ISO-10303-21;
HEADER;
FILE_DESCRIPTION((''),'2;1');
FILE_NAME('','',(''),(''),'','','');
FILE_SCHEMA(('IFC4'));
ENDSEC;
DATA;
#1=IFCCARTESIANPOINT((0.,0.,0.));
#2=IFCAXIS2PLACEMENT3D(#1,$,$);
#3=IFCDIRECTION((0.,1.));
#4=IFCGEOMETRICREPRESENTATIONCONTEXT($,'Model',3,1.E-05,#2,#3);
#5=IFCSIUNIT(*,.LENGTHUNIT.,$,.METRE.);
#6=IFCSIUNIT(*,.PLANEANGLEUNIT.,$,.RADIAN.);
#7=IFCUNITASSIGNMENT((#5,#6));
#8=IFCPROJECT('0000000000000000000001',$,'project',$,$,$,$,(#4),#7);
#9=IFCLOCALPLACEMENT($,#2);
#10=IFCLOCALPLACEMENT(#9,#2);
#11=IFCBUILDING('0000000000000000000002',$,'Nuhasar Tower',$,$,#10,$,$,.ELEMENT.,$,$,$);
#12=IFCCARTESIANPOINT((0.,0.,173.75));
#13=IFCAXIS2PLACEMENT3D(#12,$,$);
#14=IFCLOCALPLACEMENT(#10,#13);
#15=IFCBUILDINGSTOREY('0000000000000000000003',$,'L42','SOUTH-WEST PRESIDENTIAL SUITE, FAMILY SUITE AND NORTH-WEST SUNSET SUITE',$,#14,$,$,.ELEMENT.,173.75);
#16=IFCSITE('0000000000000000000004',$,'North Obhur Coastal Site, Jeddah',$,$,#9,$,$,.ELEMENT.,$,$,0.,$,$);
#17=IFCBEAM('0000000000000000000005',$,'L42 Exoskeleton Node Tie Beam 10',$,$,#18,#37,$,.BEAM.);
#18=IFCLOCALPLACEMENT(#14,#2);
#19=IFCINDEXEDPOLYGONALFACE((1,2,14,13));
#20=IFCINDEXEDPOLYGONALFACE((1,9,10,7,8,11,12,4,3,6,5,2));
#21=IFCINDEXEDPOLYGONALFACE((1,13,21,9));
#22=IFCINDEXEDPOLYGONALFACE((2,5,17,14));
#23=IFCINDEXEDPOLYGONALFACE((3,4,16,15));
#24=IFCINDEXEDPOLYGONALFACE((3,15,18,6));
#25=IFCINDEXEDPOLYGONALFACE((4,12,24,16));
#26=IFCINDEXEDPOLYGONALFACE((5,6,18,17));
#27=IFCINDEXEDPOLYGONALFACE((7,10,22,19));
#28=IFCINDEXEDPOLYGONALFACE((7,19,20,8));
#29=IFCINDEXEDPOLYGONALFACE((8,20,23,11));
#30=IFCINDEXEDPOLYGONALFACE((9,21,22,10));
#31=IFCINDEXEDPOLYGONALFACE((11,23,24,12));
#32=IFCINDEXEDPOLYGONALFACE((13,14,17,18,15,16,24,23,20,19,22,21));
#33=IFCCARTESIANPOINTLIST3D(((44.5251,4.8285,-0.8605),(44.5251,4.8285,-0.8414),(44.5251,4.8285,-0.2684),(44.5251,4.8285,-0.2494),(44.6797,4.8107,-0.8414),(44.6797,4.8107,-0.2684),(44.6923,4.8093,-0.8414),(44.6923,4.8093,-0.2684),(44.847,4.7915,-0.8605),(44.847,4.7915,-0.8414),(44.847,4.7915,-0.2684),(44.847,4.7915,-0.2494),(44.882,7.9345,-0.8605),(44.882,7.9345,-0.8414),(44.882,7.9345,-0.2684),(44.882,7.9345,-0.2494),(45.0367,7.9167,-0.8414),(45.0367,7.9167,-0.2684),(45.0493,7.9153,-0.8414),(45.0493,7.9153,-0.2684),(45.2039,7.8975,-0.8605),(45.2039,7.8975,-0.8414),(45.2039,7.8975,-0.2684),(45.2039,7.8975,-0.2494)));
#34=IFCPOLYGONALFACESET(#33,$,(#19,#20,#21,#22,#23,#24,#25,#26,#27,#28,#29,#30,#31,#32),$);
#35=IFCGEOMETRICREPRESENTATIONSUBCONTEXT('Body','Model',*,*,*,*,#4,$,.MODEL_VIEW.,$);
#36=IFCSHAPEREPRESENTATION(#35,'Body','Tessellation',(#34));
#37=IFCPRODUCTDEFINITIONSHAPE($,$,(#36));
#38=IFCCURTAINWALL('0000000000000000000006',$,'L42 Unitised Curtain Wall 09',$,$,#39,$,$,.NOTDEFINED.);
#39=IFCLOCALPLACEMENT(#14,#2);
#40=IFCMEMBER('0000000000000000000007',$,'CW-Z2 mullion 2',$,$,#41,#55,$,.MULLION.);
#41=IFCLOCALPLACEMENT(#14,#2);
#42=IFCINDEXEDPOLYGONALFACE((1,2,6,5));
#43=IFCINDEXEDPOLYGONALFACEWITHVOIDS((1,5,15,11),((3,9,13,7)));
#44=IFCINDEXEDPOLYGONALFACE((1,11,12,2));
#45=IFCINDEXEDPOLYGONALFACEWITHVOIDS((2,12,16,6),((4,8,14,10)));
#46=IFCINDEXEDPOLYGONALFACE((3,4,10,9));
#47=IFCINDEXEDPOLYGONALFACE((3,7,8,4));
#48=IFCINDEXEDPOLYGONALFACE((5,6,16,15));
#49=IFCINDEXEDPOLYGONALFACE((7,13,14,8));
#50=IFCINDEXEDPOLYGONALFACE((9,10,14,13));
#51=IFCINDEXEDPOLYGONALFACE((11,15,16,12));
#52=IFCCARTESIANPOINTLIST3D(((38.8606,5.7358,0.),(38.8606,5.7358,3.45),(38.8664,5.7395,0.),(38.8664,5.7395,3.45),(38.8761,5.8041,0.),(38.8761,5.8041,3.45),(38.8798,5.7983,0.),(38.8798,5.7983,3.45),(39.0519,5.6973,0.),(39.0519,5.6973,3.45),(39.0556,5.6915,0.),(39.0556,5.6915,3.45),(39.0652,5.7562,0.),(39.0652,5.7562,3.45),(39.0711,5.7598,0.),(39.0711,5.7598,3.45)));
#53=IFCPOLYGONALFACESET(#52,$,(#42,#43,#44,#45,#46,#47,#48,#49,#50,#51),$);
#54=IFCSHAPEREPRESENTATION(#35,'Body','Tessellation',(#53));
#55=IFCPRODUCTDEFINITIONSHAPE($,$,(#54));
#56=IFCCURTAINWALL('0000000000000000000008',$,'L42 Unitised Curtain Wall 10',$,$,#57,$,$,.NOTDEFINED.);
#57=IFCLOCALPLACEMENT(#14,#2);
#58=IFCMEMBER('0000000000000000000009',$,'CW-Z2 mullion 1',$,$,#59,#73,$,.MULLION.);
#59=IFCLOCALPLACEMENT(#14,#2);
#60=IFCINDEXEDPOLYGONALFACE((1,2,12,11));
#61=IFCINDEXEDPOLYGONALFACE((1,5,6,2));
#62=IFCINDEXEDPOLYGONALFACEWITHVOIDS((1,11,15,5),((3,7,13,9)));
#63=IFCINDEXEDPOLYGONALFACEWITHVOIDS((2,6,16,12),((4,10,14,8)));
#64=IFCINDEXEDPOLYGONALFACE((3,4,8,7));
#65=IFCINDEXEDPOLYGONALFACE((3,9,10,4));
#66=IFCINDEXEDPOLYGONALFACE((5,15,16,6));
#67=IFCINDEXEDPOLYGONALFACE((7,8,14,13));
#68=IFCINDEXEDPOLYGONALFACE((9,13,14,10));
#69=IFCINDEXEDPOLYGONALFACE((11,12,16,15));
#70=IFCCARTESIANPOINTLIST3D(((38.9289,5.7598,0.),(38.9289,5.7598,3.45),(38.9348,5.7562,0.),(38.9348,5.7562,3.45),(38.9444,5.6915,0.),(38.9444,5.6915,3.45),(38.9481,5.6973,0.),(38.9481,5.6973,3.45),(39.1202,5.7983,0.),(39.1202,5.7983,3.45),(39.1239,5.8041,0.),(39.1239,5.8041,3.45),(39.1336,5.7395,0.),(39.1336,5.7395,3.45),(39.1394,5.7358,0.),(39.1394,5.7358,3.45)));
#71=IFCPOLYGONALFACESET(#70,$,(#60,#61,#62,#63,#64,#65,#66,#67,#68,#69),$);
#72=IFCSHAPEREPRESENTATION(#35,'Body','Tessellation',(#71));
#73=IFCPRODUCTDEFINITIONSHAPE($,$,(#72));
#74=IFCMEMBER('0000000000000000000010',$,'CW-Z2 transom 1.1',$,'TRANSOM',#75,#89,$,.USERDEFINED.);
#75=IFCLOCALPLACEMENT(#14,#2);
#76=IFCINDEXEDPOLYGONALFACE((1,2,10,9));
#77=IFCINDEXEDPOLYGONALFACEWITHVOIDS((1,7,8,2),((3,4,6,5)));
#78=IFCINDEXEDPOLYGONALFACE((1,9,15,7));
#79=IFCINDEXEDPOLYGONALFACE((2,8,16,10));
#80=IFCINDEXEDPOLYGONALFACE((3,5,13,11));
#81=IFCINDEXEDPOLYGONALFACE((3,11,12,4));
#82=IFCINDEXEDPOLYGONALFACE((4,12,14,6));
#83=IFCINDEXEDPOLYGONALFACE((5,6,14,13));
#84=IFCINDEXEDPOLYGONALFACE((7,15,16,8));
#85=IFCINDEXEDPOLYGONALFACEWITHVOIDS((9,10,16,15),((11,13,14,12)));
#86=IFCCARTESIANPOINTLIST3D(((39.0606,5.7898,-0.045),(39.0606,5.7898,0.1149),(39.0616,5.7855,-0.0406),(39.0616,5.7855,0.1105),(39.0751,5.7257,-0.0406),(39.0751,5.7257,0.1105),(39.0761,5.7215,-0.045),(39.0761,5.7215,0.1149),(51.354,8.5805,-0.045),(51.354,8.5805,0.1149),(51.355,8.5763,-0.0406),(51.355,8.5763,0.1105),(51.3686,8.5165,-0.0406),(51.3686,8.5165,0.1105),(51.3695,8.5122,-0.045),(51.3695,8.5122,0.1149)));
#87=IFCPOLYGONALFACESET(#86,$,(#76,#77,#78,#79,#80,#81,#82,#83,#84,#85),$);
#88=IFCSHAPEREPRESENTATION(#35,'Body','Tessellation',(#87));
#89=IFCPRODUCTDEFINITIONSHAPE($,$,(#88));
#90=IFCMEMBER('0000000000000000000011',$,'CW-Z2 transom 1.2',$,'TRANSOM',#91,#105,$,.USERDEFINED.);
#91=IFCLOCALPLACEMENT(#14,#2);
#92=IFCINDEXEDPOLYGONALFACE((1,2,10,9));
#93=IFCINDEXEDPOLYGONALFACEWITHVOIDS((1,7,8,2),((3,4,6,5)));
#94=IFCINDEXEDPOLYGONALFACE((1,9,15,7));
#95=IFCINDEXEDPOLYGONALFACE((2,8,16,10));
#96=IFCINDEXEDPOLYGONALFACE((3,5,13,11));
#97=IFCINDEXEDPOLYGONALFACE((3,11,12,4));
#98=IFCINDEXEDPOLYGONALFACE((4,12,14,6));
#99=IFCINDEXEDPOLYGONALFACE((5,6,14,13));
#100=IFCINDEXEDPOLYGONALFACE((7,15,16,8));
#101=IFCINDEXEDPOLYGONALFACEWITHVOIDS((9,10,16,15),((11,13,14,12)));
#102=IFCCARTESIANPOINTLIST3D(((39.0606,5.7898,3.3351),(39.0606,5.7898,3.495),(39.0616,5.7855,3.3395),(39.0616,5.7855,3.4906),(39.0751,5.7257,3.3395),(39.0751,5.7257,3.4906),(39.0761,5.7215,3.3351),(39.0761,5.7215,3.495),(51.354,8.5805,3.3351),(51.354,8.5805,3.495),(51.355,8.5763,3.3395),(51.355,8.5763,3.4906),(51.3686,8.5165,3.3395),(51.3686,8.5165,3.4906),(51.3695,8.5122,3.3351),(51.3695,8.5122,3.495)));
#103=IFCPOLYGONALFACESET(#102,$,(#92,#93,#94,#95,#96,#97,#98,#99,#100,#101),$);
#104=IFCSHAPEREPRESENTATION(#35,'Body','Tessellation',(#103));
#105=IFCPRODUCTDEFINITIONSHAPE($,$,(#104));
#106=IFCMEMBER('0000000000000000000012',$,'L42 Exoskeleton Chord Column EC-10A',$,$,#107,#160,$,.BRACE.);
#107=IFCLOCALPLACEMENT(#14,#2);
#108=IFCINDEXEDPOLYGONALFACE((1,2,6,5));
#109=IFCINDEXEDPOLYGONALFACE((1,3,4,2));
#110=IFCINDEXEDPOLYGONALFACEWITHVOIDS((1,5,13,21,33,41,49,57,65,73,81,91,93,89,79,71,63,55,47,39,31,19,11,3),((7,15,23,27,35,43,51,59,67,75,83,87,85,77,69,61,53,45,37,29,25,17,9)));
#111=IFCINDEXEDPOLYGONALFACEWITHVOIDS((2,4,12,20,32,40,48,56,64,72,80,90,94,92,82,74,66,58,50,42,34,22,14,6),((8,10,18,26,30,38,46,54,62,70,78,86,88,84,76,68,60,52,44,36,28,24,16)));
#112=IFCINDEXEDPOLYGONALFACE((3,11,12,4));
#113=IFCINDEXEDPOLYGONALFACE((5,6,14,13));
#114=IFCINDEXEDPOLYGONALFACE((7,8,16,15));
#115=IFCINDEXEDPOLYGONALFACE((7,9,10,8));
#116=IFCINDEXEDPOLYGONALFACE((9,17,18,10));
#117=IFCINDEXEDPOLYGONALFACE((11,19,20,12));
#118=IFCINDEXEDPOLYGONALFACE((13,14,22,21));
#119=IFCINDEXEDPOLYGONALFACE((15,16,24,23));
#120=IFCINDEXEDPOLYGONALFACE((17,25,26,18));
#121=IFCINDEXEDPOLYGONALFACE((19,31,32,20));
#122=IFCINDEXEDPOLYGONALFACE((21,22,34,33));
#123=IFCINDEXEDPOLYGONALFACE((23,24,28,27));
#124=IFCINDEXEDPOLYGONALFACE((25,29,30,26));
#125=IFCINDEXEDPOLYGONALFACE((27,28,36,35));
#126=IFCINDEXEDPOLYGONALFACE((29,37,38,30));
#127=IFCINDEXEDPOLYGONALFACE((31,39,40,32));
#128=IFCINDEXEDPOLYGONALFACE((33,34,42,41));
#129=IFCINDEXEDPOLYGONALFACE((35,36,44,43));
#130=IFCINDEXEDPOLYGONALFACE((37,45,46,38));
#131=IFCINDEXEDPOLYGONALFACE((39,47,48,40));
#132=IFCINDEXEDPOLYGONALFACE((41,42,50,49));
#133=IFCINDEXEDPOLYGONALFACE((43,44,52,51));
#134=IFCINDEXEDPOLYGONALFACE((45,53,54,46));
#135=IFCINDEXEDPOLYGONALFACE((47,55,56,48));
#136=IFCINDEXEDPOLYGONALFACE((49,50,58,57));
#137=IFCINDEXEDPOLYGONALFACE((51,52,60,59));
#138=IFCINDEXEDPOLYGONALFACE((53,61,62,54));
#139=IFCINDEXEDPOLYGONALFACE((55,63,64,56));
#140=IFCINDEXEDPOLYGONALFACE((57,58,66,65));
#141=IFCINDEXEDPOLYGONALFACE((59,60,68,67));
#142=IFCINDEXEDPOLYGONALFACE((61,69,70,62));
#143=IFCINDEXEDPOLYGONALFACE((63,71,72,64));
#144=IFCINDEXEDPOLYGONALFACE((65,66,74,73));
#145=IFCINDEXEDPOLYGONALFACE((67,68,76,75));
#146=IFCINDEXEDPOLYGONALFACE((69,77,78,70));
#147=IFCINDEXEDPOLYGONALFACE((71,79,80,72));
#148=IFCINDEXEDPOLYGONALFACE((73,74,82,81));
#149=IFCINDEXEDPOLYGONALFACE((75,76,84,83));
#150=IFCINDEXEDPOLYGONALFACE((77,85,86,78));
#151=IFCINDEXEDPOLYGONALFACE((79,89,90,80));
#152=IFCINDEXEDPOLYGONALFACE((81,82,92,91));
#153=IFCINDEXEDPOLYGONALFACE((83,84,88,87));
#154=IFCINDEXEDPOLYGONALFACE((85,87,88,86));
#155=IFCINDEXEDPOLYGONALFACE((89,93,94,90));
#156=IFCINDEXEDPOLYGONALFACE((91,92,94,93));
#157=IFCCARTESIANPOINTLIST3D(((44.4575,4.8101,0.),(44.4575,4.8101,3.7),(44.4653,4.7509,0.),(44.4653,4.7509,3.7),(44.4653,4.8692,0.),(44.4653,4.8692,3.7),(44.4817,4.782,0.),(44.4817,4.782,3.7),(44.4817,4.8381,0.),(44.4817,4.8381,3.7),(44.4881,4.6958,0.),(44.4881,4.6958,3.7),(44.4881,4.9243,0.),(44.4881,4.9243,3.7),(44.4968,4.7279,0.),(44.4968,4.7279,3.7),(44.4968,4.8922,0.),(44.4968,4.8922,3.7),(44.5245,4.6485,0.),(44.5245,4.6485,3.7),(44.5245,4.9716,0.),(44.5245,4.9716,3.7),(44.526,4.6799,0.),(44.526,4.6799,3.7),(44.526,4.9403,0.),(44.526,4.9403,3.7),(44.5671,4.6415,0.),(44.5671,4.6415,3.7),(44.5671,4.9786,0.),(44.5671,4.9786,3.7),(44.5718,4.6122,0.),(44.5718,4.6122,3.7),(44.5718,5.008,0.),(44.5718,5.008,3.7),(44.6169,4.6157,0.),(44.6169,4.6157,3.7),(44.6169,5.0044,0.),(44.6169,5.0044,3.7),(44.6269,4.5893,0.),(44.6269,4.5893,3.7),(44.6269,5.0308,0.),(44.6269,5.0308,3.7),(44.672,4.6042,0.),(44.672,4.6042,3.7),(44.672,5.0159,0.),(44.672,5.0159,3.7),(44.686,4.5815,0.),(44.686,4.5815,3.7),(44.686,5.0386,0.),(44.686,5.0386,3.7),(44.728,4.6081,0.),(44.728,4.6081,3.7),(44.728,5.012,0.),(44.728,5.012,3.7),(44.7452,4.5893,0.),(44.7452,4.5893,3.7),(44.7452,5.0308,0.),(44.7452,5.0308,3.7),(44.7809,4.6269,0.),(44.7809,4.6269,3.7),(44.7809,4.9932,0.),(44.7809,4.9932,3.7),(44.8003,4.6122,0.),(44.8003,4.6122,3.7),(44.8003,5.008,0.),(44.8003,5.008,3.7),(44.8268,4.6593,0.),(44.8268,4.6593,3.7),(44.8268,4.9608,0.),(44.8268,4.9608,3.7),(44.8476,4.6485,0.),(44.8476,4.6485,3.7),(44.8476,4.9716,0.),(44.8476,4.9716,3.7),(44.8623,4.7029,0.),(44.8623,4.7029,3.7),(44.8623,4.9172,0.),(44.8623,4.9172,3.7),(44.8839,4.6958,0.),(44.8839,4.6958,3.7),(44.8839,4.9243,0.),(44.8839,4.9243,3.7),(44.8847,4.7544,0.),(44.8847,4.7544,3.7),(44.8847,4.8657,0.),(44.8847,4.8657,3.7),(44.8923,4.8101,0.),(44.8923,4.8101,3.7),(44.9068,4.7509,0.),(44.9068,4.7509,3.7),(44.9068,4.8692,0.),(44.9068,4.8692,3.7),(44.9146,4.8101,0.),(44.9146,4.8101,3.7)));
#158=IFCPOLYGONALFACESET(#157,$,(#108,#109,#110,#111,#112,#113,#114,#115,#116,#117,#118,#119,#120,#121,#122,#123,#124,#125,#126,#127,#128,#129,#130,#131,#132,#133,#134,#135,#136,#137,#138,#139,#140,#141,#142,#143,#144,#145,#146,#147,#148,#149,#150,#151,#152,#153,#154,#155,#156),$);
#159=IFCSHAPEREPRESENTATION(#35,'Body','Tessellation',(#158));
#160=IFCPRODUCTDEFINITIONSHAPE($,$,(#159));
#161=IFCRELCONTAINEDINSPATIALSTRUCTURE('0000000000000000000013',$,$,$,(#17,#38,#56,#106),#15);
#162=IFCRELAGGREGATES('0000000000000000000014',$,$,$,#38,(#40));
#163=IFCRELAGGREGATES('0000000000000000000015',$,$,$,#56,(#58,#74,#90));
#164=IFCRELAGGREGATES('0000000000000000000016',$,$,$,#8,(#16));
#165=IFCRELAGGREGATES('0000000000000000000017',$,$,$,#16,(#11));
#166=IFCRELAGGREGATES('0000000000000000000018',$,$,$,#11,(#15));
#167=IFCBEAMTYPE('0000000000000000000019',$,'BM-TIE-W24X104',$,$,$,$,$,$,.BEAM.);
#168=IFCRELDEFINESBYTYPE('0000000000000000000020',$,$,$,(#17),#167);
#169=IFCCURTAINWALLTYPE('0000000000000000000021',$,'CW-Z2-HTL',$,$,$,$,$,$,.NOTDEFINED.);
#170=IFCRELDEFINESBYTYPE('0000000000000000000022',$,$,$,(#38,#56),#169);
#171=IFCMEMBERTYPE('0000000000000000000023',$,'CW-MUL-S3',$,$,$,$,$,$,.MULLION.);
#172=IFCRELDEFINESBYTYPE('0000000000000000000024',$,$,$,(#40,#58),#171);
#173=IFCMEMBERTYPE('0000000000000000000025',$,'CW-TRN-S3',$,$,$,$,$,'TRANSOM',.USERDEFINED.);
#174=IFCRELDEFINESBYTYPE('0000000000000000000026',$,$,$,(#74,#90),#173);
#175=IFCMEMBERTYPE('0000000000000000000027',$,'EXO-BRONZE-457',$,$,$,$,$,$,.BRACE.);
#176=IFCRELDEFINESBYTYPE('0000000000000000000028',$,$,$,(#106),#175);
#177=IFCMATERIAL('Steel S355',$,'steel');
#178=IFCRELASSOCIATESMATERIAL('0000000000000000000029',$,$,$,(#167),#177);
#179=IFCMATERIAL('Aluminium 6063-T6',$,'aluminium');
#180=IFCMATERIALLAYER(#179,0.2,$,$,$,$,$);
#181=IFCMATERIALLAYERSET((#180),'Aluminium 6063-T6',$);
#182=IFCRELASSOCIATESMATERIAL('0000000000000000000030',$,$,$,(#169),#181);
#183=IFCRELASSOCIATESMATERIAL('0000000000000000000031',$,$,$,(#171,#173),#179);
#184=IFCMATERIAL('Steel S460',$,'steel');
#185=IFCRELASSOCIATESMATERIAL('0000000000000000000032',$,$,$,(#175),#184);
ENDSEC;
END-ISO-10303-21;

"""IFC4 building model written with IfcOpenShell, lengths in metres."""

from ifc_helpers import new_model, si_unit, direction, frame, origin, origin_2d, place, context, subcontext, project, spatial, hollow_rectangle, hollow_circle, i_section, extrude, material, layer, layer_set, material_profile, profile_set, type_object, element, aggregate, save


model = new_model("IFC4")

# Units and contexts
model_context = context("Model", 3, precision=1e-05, world=origin(), true_north=direction((0.0, 1.0)))
body_context = subcontext(model_context, "Body", "Model", "MODEL_VIEW")
ifc_project = project(units=[si_unit("LENGTHUNIT", "METRE"), si_unit("PLANEANGLEUNIT", "RADIAN")], contexts=[model_context])

# Site, building, storey
site_placement = place(None, origin())
site = spatial("IfcSite", under=ifc_project, at=site_placement, Name="North Obhur Coastal Site, Jeddah", CompositionType="ELEMENT", RefElevation=0.0)
building_placement = place(site_placement, origin())
building = spatial("IfcBuilding", under=site, at=building_placement, Name="Nuhasar Tower", CompositionType="ELEMENT")
storey_placement = place(building_placement, frame((0.0, 0.0, 173.75)))
storey = spatial("IfcBuildingStorey", under=building, at=storey_placement, Name="L42", Description="SOUTH-WEST PRESIDENTIAL SUITE, FAMILY SUITE AND NORTH-WEST SUNSET SUITE", CompositionType="ELEMENT", Elevation=173.75)

# Beam
ifc_material_1 = material(Name="Steel S355", Category="steel")
ifc_material_profile_1 = material_profile(ifc_material_1, i_section(OverallWidth=0.324, OverallDepth=0.6111, WebThickness=0.0127, FlangeThickness=0.019, at=origin_2d()), Name="W24X104")
ifc_profile_set_1 = profile_set([ifc_material_profile_1], Name="Steel S355")
beam_type_1 = type_object("IfcBeamType", Name="BM-TIE-W24X104", PredefinedType="BEAM", material=ifc_profile_set_1)
beam_1_placement = place(storey_placement, frame((45.043, 7.916, -0.5549), z_axis=(-0.114168, -0.993461, 0.0), x_axis=(0.993461, -0.114168, 0.0)))
element("IfcBeam", 1, at=beam_1_placement, inside=storey, type_object=beam_type_1, Name="L42 Exoskeleton Node Tie Beam 10", PredefinedType="BEAM", context=body_context, shape_type="SweptSolid", body=[
    extrude(i_section(OverallWidth=0.324, OverallDepth=0.6111, WebThickness=0.0127, FlangeThickness=0.019, at=origin_2d()), origin(), (0.0, 0.0, 1.0), 3.1265),
])

# Curtain wall, member
ifc_material_2 = material(Name="Aluminium 6063-T6", Category="aluminium")
ifc_layer_1 = layer(ifc_material_2, 0.2)
ifc_layer_set_1 = layer_set([ifc_layer_1], Name="Aluminium 6063-T6")
curtain_wall_type = type_object("IfcCurtainWallType", Name="CW-Z2-HTL", PredefinedType="NOTDEFINED", material=ifc_layer_set_1)
curtain_wall_1_placement = place(storey_placement, origin())
curtain_wall_1 = element("IfcCurtainWall", 2, at=curtain_wall_1_placement, inside=storey, type_object=curtain_wall_type, Name="L42 Unitised Curtain Wall 09", PredefinedType="NOTDEFINED")
ifc_material_profile_2 = material_profile(ifc_material_2, hollow_rectangle(XDim=0.0701, YDim=0.2, WallThickness=0.0049, at=origin_2d()), Name="CWM-3")
ifc_profile_set_2 = profile_set([ifc_material_profile_2], Name="Aluminium 6063-T6")
member_type_1 = type_object("IfcMemberType", Name="CW-MUL-S3", PredefinedType="MULLION", material=ifc_profile_set_2)
member_1_placement = place(storey_placement, frame((38.9658, 5.7478, 0.0), z_axis=(0.0, 0.0, 1.0), x_axis=(0.221397, 0.975184, 0.0)))
member_1 = element("IfcMember", 3, at=member_1_placement, type_object=member_type_1, Name="CW-Z2 mullion 2", PredefinedType="MULLION", context=body_context, shape_type="SweptSolid", body=[
    extrude(hollow_rectangle(XDim=0.0701, YDim=0.2, WallThickness=0.0049, at=origin_2d()), origin(), (0.0, 0.0, 1.0), 3.45),
])
aggregate(curtain_wall_1, [member_1])

# Curtain wall, members
curtain_wall_2_placement = place(storey_placement, origin())
curtain_wall_2 = element("IfcCurtainWall", 4, at=curtain_wall_2_placement, inside=storey, type_object=curtain_wall_type, Name="L42 Unitised Curtain Wall 10", PredefinedType="NOTDEFINED")
member_2_placement = place(storey_placement, frame((39.0342, 5.7478, 0.0), z_axis=(0.0, 0.0, 1.0), x_axis=(-0.221397, 0.975184, 0.0)))
member_2 = element("IfcMember", 5, at=member_2_placement, type_object=member_type_1, Name="CW-Z2 mullion 1", PredefinedType="MULLION", context=body_context, shape_type="SweptSolid", body=[
    extrude(hollow_rectangle(XDim=0.0701, YDim=0.2, WallThickness=0.0049, at=origin_2d()), origin(), (0.0, 0.0, 1.0), 3.45),
])
ifc_material_profile_3 = material_profile(ifc_material_2, hollow_rectangle(XDim=0.0701, YDim=0.1599, WallThickness=0.0044, at=origin_2d()), Name="CWT-3")
ifc_profile_set_3 = profile_set([ifc_material_profile_3], Name="Aluminium 6063-T6")
member_type_2 = type_object("IfcMemberType", Name="CW-TRN-S3", ElementType="TRANSOM", PredefinedType="USERDEFINED", material=ifc_profile_set_3)
member_3_placement = place(storey_placement, frame((39.0684, 5.7556, 0.0349), z_axis=(0.975188, 0.22138, 0.0), x_axis=(-0.22138, 0.975188, 0.0)))
member_3 = element("IfcMember", 6, at=member_3_placement, type_object=member_type_2, Name="CW-Z2 transom 1.1", ObjectType="TRANSOM", PredefinedType="USERDEFINED", context=body_context, shape_type="SweptSolid", body=[
    extrude(hollow_rectangle(XDim=0.0701, YDim=0.1599, WallThickness=0.0044, at=origin_2d()), origin(), (0.0, 0.0, 1.0), 12.6062),
])
member_4_placement = place(storey_placement, frame((39.0684, 5.7556, 3.415), z_axis=(0.975188, 0.22138, 0.0), x_axis=(-0.22138, 0.975188, 0.0)))
member_4 = element("IfcMember", 7, at=member_4_placement, type_object=member_type_2, Name="CW-Z2 transom 1.2", ObjectType="TRANSOM", PredefinedType="USERDEFINED", context=body_context, shape_type="SweptSolid", body=[
    extrude(hollow_rectangle(XDim=0.0701, YDim=0.1599, WallThickness=0.0044, at=origin_2d()), origin(), (0.0, 0.0, 1.0), 12.6062),
])

# Member
ifc_material_3 = material(Name="Steel S460", Category="steel")
ifc_material_profile_4 = material_profile(ifc_material_3, hollow_circle(Radius=0.2285, WallThickness=0.0222, at=origin_2d()), Name="HSS457X22.2")
ifc_profile_set_4 = profile_set([ifc_material_profile_4], Name="Steel S460")
member_type_3 = type_object("IfcMemberType", Name="EXO-BRONZE-457", PredefinedType="BRACE", material=ifc_profile_set_4)
member_5_placement = place(storey_placement, frame((44.686, 4.8101, 0.0), z_axis=(0.0, 0.0, 1.0), x_axis=(1.0, 0.0, 0.0)))
element("IfcMember", 8, at=member_5_placement, inside=storey, type_object=member_type_3, Name="L42 Exoskeleton Chord Column EC-10A", PredefinedType="BRACE", context=body_context, shape_type="SweptSolid", body=[
    extrude(hollow_circle(Radius=0.2285, WallThickness=0.0222, at=origin_2d()), origin(), (0.0, 0.0, 1.0), 3.7),
])

aggregate(curtain_wall_2, [member_2, member_3, member_4])

save(model, "model.ifc")
